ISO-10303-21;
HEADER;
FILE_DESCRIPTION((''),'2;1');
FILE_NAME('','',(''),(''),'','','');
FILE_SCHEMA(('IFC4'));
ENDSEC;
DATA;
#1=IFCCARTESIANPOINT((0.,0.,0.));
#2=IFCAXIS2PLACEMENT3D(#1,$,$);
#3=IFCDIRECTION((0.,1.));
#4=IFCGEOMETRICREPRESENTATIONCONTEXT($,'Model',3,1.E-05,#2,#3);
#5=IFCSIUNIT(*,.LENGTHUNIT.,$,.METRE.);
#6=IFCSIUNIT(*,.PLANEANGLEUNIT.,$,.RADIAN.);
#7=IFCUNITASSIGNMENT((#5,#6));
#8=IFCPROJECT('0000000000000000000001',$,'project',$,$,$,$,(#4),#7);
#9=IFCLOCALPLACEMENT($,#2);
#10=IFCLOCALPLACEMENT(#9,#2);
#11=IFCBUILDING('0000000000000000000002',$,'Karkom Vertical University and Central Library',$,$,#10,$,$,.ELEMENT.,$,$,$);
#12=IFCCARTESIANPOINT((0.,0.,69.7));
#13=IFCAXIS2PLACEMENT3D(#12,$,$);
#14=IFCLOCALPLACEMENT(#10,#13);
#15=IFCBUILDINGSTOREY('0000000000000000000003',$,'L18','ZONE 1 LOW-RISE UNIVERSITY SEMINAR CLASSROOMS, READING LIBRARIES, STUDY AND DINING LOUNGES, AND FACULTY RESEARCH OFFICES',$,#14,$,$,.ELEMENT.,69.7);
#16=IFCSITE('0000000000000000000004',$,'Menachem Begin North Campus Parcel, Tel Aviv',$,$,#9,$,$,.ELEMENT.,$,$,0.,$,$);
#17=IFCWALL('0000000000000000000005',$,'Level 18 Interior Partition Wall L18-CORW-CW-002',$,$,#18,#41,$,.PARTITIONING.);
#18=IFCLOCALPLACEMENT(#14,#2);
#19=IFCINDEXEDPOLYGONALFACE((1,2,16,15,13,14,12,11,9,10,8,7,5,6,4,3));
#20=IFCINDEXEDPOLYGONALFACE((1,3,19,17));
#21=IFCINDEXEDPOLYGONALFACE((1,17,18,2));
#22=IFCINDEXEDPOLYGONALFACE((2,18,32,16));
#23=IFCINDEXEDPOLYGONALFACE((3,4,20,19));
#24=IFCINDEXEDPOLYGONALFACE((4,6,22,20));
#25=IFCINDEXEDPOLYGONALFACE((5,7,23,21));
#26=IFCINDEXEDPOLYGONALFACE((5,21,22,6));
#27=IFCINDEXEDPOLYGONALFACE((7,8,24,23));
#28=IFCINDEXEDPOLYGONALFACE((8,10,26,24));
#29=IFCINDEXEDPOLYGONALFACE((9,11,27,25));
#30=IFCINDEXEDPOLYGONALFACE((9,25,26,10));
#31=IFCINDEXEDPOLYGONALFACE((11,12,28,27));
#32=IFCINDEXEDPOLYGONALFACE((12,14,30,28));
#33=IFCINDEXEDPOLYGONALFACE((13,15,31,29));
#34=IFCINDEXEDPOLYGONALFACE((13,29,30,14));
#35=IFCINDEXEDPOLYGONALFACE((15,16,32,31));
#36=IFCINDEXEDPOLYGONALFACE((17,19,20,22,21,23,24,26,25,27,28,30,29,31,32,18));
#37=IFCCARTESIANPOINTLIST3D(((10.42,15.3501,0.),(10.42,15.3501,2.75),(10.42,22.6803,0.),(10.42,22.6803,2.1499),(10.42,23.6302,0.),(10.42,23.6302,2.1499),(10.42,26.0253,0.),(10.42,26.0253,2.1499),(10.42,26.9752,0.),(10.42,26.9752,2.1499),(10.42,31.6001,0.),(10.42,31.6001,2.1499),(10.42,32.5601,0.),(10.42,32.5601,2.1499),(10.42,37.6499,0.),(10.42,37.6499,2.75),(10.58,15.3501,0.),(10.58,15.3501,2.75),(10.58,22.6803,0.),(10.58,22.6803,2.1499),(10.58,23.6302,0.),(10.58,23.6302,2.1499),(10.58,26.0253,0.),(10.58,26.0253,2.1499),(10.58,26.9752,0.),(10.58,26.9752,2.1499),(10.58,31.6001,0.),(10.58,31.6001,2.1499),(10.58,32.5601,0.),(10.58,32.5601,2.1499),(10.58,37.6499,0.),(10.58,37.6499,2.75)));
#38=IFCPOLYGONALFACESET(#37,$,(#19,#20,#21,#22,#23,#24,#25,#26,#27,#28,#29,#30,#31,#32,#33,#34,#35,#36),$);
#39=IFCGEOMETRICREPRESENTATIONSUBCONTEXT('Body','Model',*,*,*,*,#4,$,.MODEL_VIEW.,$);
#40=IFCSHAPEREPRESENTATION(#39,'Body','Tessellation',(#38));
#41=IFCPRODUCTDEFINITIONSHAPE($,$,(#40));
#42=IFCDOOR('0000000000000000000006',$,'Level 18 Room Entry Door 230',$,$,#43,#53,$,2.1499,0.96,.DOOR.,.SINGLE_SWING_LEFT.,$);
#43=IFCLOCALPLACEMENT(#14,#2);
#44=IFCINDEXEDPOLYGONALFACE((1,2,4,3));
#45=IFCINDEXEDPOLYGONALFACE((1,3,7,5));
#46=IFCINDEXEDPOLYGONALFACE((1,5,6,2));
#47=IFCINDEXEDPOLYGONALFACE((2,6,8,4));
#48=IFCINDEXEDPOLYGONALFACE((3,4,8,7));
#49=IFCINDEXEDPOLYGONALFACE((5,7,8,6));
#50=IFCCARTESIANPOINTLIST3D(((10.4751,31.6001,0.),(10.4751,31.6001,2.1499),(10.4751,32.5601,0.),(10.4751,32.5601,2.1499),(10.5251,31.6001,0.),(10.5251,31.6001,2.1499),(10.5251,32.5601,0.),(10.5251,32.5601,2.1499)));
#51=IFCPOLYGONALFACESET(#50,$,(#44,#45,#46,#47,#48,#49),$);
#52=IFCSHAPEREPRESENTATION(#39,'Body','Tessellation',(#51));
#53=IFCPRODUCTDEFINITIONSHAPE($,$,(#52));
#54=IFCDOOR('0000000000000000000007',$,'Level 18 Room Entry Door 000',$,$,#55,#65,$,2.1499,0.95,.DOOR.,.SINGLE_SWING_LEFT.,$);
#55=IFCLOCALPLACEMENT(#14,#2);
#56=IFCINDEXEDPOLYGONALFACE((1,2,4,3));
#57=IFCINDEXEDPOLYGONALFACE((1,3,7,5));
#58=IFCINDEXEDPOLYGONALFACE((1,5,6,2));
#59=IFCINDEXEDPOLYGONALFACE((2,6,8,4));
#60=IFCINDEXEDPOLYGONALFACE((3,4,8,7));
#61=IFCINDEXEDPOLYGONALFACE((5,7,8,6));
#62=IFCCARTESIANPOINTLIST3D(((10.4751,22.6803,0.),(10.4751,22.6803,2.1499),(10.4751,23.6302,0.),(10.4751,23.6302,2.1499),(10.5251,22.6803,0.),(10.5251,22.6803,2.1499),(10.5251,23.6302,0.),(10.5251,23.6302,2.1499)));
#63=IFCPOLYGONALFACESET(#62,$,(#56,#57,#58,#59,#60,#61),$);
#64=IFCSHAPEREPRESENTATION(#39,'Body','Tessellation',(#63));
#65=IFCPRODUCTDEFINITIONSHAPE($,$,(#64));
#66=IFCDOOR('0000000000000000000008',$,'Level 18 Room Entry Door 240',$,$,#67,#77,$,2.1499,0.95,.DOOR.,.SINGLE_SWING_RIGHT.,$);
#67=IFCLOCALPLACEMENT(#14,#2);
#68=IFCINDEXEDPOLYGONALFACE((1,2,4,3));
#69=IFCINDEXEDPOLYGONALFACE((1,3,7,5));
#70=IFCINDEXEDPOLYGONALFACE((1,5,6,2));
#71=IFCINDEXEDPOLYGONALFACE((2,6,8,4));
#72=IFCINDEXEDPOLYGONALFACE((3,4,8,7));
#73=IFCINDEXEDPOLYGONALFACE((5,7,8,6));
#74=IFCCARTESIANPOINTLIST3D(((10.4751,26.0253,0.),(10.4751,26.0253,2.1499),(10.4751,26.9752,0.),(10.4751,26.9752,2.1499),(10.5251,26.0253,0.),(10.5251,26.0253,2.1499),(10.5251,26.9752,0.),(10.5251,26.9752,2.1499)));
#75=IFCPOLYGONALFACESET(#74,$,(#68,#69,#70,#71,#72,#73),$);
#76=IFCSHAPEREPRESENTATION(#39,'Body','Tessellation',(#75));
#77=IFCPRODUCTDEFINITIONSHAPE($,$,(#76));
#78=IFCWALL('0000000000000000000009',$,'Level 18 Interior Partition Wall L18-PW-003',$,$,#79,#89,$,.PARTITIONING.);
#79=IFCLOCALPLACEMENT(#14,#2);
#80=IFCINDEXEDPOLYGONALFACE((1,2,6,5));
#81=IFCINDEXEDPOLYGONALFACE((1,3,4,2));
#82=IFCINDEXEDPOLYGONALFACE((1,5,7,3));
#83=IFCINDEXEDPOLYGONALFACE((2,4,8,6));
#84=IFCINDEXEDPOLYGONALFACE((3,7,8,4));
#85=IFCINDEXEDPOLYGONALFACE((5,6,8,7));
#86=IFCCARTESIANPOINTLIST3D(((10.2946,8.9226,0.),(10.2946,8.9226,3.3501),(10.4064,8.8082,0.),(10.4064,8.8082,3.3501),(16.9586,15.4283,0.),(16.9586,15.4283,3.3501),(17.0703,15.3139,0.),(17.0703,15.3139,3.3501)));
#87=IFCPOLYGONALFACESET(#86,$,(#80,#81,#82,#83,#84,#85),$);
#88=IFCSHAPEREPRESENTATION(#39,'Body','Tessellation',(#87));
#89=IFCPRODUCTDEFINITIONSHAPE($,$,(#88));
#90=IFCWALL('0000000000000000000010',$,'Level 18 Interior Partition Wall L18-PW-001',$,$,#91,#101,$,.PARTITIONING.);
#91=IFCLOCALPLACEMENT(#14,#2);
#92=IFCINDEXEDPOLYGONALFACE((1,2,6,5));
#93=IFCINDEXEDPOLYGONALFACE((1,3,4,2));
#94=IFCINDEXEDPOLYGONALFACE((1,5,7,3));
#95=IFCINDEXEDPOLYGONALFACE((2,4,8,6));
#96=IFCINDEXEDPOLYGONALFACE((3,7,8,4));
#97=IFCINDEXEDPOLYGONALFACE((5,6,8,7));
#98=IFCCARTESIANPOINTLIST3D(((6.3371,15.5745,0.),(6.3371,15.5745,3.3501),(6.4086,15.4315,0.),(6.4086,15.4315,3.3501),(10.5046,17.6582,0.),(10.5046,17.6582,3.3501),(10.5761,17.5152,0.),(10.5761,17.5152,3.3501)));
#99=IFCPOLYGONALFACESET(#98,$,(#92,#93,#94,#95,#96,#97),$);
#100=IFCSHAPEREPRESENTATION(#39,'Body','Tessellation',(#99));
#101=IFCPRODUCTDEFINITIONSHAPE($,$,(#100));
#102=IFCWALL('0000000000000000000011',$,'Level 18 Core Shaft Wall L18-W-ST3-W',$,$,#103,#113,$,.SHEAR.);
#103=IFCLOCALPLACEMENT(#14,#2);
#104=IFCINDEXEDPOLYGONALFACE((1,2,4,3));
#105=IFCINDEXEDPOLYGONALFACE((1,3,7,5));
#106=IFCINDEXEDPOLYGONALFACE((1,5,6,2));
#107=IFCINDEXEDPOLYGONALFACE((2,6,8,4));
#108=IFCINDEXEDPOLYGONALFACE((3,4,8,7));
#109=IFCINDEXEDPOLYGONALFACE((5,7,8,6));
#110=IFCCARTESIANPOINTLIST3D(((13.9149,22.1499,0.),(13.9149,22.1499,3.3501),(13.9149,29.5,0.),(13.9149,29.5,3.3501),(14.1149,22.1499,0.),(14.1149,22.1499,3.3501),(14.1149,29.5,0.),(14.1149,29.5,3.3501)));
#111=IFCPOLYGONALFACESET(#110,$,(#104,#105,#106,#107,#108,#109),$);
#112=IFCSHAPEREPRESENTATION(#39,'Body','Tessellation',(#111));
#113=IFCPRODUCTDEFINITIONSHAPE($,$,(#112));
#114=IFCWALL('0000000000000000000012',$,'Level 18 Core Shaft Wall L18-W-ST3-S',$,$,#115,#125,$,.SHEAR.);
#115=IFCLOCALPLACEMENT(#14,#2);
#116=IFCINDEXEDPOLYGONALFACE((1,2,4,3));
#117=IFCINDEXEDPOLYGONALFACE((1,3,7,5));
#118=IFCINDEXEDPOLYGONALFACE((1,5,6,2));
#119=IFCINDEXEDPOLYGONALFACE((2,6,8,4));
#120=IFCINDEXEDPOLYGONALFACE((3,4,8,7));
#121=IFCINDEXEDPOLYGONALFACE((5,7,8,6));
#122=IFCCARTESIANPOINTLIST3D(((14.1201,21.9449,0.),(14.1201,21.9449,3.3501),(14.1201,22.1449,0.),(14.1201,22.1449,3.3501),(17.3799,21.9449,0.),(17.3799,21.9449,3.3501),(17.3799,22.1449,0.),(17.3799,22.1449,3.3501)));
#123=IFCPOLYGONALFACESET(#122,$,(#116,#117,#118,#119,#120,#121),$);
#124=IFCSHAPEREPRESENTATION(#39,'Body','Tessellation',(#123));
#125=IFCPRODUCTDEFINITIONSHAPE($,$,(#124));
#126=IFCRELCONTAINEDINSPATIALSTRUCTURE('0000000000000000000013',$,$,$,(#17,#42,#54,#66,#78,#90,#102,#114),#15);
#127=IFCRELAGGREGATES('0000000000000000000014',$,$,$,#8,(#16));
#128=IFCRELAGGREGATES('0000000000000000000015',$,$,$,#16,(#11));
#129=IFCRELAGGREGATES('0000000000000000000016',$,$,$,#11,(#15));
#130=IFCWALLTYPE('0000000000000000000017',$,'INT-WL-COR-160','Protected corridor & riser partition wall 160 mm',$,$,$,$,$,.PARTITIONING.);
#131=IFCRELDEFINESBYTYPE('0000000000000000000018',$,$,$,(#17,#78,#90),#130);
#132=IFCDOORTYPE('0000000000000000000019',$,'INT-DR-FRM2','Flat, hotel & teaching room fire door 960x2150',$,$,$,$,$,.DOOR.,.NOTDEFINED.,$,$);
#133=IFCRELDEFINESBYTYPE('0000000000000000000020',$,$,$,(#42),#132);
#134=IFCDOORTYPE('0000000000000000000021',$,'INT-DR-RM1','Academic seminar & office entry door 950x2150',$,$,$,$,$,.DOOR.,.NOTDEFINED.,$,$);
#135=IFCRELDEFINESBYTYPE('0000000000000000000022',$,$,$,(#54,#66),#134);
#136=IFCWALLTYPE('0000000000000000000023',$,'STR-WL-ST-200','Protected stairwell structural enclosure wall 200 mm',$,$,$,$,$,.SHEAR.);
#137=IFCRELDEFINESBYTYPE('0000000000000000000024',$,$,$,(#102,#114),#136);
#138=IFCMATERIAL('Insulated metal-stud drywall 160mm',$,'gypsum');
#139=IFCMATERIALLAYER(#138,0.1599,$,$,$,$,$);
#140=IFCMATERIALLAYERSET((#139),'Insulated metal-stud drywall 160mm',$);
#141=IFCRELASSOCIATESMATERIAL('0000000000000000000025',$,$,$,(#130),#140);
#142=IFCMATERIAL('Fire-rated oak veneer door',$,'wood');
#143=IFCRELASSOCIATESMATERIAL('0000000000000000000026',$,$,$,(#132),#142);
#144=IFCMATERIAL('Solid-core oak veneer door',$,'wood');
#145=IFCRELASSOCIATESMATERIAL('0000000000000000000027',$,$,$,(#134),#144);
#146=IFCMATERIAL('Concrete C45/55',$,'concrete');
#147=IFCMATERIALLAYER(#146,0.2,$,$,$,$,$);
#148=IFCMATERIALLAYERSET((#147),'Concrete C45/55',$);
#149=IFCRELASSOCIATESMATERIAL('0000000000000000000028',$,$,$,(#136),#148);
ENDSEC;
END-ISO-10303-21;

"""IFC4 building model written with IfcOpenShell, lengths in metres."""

from ifc_helpers import new_model, si_unit, direction, frame, frame_2d, origin, origin_with_axes, place, context, subcontext, project, spatial, rectangle, extrude, source, transform, mapped, material, layer, layer_set, type_object, element, fill, save


model = new_model("IFC4")

# Units and contexts
model_context = context("Model", 3, precision=1e-05, world=origin(), true_north=direction((0.0, 1.0)))
body_context = subcontext(model_context, "Body", "Model", "MODEL_VIEW")
ifc_project = project(units=[si_unit("LENGTHUNIT", "METRE"), si_unit("PLANEANGLEUNIT", "RADIAN")], contexts=[model_context])

# Site, building, storey
site_placement = place(None, origin())
site = spatial("IfcSite", under=ifc_project, at=site_placement, Name="Menachem Begin North Campus Parcel, Tel Aviv", CompositionType="ELEMENT", RefElevation=0.0)
building_placement = place(site_placement, origin())
building = spatial("IfcBuilding", under=site, at=building_placement, Name="Karkom Vertical University and Central Library", CompositionType="ELEMENT")
storey_placement = place(building_placement, frame((0.0, 0.0, 69.7)))
storey = spatial("IfcBuildingStorey", under=building, at=storey_placement, Name="L18", Description="ZONE 1 LOW-RISE UNIVERSITY SEMINAR CLASSROOMS, READING LIBRARIES, STUDY AND DINING LOUNGES, AND FACULTY RESEARCH OFFICES", CompositionType="ELEMENT", Elevation=69.7)

# Wall, openings, doors
ifc_material_1 = material(Name="Insulated metal-stud drywall 160mm", Category="gypsum")
ifc_layer_1 = layer(ifc_material_1, 0.1599)
ifc_layer_set_1 = layer_set([ifc_layer_1], Name="Insulated metal-stud drywall 160mm")
wall_type_1 = type_object("IfcWallType", Name="INT-WL-COR-160", Description="Protected corridor & riser partition wall 160 mm", PredefinedType="PARTITIONING", material=ifc_layer_set_1)
wall_1_placement = place(storey_placement, frame((10.5, 15.3501, 0.0), z_axis=(0.0, 0.0, 1.0), x_axis=(0.0, 1.0, 0.0)))
wall_1 = element("IfcWall", 1, at=wall_1_placement, inside=storey, type_object=wall_type_1, Name="Level 18 Interior Partition Wall L18-CORW-CW-002", PredefinedType="PARTITIONING", context=body_context, shape_type="SweptSolid", body=[
    extrude(rectangle(XDim=22.2998, YDim=0.1599, at=frame_2d((11.1499, 0.0))), origin(), (0.0, 0.0, 1.0), 2.75),
])
opening_1_placement = place(wall_1_placement, frame((7.3301, 0.0, 0.0)))
opening_1 = element("IfcOpeningElement", 2, at=opening_1_placement, cuts=wall_1, PredefinedType="OPENING", context=body_context, shape_type="SweptSolid", body=[
    extrude(rectangle(XDim=0.95, YDim=2.1499, at=frame_2d((0.4751, 1.075))), frame((0.0, 0.0898, 0.0), z_axis=(0.0, -1.0, 0.0), x_axis=(1.0, 0.0, 0.0)), (0.0, 0.0, 1.0), 0.1799),
])
opening_2_placement = place(wall_1_placement, frame((16.25, 0.0, 0.0)))
opening_2 = element("IfcOpeningElement", 3, at=opening_2_placement, cuts=wall_1, PredefinedType="OPENING", context=body_context, shape_type="SweptSolid", body=[
    extrude(rectangle(XDim=0.96, YDim=2.1499, at=frame_2d((0.48, 1.075))), frame((0.0, 0.0898, 0.0), z_axis=(0.0, -1.0, 0.0), x_axis=(1.0, 0.0, 0.0)), (0.0, 0.0, 1.0), 0.1799),
])
opening_3_placement = place(wall_1_placement, frame((10.675, 0.0, 0.0)))
opening_3 = element("IfcOpeningElement", 4, at=opening_3_placement, cuts=wall_1, PredefinedType="OPENING", context=body_context, shape_type="SweptSolid", body=[
    extrude(rectangle(XDim=0.95, YDim=2.1499, at=frame_2d((0.4751, 1.075))), frame((0.0, 0.0898, 0.0), z_axis=(0.0, -1.0, 0.0), x_axis=(1.0, 0.0, 0.0)), (0.0, 0.0, 1.0), 0.1799),
])
ifc_material_2 = material(Name="Fire-rated oak veneer door", Category="wood")
door_type_1 = type_object("IfcDoorType", Name="INT-DR-FRM2", Description="Flat, hotel & teaching room fire door 960x2150", OperationType="NOTDEFINED", PredefinedType="DOOR", material=ifc_material_2)
shared_shape_1 = source(origin_with_axes(), body_context, "Body", "SweptSolid", [
    extrude(rectangle(XDim=0.96, YDim=2.1499, at=frame_2d((0.48, 1.075))), frame((0.0, 0.0249, 0.0), z_axis=(0.0, -1.0, 0.0), x_axis=(1.0, 0.0, 0.0)), (0.0, 0.0, 1.0), 0.05),
])
door_1_placement = place(opening_2_placement, origin())
door_1 = element("IfcDoor", 5, at=door_1_placement, inside=storey, type_object=door_type_1, Name="Level 18 Room Entry Door 230", OperationType="SINGLE_SWING_LEFT", OverallHeight=2.1499, OverallWidth=0.96, PredefinedType="DOOR", context=body_context, shape_type="MappedRepresentation", body=[
    mapped(shared_shape_1, transform((0.0, 0.0, 0.0), scale=1.0)),
])
fill(opening_2, door_1)
ifc_material_3 = material(Name="Solid-core oak veneer door", Category="wood")
door_type_2 = type_object("IfcDoorType", Name="INT-DR-RM1", Description="Academic seminar & office entry door 950x2150", OperationType="NOTDEFINED", PredefinedType="DOOR", material=ifc_material_3)
shared_shape_2 = source(origin_with_axes(), body_context, "Body", "SweptSolid", [
    extrude(rectangle(XDim=0.95, YDim=2.1499, at=frame_2d((0.4751, 1.075))), frame((0.0, 0.0249, 0.0), z_axis=(0.0, -1.0, 0.0), x_axis=(1.0, 0.0, 0.0)), (0.0, 0.0, 1.0), 0.05),
])
door_2_placement = place(opening_1_placement, origin())
door_2 = element("IfcDoor", 6, at=door_2_placement, inside=storey, type_object=door_type_2, Name="Level 18 Room Entry Door 000", OperationType="SINGLE_SWING_LEFT", OverallHeight=2.1499, OverallWidth=0.95, PredefinedType="DOOR", context=body_context, shape_type="MappedRepresentation", body=[
    mapped(shared_shape_2, transform((0.0, 0.0, 0.0), scale=1.0)),
])
fill(opening_1, door_2)
door_3_placement = place(opening_3_placement, origin())
door_3 = element("IfcDoor", 7, at=door_3_placement, inside=storey, type_object=door_type_2, Name="Level 18 Room Entry Door 240", OperationType="SINGLE_SWING_RIGHT", OverallHeight=2.1499, OverallWidth=0.95, PredefinedType="DOOR", context=body_context, shape_type="MappedRepresentation", body=[
    mapped(shared_shape_2, transform((0.0, 0.0, 0.0), scale=1.0)),
])
fill(opening_3, door_3)

# Walls
wall_2_placement = place(storey_placement, frame((17.0144, 15.3711, 0.0), z_axis=(0.0, 0.0, 1.0), x_axis=(-0.71555, -0.698562, 0.0)))
element("IfcWall", 8, at=wall_2_placement, inside=storey, type_object=wall_type_1, Name="Level 18 Interior Partition Wall L18-PW-003", PredefinedType="PARTITIONING", context=body_context, shape_type="SweptSolid", body=[
    extrude(rectangle(XDim=9.313, YDim=0.1599, at=frame_2d((4.6565, 0.0))), origin(), (0.0, 0.0, 1.0), 3.3501),
])
wall_3_placement = place(storey_placement, frame((10.5403, 17.5867, 0.0), z_axis=(0.0, 0.0, 1.0), x_axis=(-0.894427, -0.447214, 0.0)))
element("IfcWall", 9, at=wall_3_placement, inside=storey, type_object=wall_type_1, Name="Level 18 Interior Partition Wall L18-PW-001", PredefinedType="PARTITIONING", context=body_context, shape_type="SweptSolid", body=[
    extrude(rectangle(XDim=4.6594, YDim=0.1599, at=frame_2d((2.3296, 0.0))), origin(), (0.0, 0.0, 1.0), 3.3501),
])
ifc_material_4 = material(Name="Concrete C45/55", Category="concrete")
ifc_layer_2 = layer(ifc_material_4, 0.2)
ifc_layer_set_2 = layer_set([ifc_layer_2], Name="Concrete C45/55")
wall_type_2 = type_object("IfcWallType", Name="STR-WL-ST-200", Description="Protected stairwell structural enclosure wall 200 mm", PredefinedType="SHEAR", material=ifc_layer_set_2)
wall_4_placement = place(storey_placement, frame((14.0149, 22.1499, 0.0), z_axis=(0.0, 0.0, 1.0), x_axis=(0.0, 1.0, 0.0)))
element("IfcWall", 10, at=wall_4_placement, inside=storey, type_object=wall_type_2, Name="Level 18 Core Shaft Wall L18-W-ST3-W", PredefinedType="SHEAR", context=body_context, shape_type="SweptSolid", body=[
    extrude(rectangle(XDim=7.3501, YDim=0.2, at=frame_2d((3.675, 0.0))), origin(), (0.0, 0.0, 1.0), 3.3501),
])
wall_5_placement = place(storey_placement, frame((14.1201, 22.0449, 0.0), z_axis=(0.0, 0.0, 1.0), x_axis=(1.0, 0.0, 0.0)))
element("IfcWall", 11, at=wall_5_placement, inside=storey, type_object=wall_type_2, Name="Level 18 Core Shaft Wall L18-W-ST3-S", PredefinedType="SHEAR", context=body_context, shape_type="SweptSolid", body=[
    extrude(rectangle(XDim=3.2598, YDim=0.2, at=frame_2d((1.6299, 0.0))), origin(), (0.0, 0.0, 1.0), 3.3501),
])

save(model, "model.ifc")
